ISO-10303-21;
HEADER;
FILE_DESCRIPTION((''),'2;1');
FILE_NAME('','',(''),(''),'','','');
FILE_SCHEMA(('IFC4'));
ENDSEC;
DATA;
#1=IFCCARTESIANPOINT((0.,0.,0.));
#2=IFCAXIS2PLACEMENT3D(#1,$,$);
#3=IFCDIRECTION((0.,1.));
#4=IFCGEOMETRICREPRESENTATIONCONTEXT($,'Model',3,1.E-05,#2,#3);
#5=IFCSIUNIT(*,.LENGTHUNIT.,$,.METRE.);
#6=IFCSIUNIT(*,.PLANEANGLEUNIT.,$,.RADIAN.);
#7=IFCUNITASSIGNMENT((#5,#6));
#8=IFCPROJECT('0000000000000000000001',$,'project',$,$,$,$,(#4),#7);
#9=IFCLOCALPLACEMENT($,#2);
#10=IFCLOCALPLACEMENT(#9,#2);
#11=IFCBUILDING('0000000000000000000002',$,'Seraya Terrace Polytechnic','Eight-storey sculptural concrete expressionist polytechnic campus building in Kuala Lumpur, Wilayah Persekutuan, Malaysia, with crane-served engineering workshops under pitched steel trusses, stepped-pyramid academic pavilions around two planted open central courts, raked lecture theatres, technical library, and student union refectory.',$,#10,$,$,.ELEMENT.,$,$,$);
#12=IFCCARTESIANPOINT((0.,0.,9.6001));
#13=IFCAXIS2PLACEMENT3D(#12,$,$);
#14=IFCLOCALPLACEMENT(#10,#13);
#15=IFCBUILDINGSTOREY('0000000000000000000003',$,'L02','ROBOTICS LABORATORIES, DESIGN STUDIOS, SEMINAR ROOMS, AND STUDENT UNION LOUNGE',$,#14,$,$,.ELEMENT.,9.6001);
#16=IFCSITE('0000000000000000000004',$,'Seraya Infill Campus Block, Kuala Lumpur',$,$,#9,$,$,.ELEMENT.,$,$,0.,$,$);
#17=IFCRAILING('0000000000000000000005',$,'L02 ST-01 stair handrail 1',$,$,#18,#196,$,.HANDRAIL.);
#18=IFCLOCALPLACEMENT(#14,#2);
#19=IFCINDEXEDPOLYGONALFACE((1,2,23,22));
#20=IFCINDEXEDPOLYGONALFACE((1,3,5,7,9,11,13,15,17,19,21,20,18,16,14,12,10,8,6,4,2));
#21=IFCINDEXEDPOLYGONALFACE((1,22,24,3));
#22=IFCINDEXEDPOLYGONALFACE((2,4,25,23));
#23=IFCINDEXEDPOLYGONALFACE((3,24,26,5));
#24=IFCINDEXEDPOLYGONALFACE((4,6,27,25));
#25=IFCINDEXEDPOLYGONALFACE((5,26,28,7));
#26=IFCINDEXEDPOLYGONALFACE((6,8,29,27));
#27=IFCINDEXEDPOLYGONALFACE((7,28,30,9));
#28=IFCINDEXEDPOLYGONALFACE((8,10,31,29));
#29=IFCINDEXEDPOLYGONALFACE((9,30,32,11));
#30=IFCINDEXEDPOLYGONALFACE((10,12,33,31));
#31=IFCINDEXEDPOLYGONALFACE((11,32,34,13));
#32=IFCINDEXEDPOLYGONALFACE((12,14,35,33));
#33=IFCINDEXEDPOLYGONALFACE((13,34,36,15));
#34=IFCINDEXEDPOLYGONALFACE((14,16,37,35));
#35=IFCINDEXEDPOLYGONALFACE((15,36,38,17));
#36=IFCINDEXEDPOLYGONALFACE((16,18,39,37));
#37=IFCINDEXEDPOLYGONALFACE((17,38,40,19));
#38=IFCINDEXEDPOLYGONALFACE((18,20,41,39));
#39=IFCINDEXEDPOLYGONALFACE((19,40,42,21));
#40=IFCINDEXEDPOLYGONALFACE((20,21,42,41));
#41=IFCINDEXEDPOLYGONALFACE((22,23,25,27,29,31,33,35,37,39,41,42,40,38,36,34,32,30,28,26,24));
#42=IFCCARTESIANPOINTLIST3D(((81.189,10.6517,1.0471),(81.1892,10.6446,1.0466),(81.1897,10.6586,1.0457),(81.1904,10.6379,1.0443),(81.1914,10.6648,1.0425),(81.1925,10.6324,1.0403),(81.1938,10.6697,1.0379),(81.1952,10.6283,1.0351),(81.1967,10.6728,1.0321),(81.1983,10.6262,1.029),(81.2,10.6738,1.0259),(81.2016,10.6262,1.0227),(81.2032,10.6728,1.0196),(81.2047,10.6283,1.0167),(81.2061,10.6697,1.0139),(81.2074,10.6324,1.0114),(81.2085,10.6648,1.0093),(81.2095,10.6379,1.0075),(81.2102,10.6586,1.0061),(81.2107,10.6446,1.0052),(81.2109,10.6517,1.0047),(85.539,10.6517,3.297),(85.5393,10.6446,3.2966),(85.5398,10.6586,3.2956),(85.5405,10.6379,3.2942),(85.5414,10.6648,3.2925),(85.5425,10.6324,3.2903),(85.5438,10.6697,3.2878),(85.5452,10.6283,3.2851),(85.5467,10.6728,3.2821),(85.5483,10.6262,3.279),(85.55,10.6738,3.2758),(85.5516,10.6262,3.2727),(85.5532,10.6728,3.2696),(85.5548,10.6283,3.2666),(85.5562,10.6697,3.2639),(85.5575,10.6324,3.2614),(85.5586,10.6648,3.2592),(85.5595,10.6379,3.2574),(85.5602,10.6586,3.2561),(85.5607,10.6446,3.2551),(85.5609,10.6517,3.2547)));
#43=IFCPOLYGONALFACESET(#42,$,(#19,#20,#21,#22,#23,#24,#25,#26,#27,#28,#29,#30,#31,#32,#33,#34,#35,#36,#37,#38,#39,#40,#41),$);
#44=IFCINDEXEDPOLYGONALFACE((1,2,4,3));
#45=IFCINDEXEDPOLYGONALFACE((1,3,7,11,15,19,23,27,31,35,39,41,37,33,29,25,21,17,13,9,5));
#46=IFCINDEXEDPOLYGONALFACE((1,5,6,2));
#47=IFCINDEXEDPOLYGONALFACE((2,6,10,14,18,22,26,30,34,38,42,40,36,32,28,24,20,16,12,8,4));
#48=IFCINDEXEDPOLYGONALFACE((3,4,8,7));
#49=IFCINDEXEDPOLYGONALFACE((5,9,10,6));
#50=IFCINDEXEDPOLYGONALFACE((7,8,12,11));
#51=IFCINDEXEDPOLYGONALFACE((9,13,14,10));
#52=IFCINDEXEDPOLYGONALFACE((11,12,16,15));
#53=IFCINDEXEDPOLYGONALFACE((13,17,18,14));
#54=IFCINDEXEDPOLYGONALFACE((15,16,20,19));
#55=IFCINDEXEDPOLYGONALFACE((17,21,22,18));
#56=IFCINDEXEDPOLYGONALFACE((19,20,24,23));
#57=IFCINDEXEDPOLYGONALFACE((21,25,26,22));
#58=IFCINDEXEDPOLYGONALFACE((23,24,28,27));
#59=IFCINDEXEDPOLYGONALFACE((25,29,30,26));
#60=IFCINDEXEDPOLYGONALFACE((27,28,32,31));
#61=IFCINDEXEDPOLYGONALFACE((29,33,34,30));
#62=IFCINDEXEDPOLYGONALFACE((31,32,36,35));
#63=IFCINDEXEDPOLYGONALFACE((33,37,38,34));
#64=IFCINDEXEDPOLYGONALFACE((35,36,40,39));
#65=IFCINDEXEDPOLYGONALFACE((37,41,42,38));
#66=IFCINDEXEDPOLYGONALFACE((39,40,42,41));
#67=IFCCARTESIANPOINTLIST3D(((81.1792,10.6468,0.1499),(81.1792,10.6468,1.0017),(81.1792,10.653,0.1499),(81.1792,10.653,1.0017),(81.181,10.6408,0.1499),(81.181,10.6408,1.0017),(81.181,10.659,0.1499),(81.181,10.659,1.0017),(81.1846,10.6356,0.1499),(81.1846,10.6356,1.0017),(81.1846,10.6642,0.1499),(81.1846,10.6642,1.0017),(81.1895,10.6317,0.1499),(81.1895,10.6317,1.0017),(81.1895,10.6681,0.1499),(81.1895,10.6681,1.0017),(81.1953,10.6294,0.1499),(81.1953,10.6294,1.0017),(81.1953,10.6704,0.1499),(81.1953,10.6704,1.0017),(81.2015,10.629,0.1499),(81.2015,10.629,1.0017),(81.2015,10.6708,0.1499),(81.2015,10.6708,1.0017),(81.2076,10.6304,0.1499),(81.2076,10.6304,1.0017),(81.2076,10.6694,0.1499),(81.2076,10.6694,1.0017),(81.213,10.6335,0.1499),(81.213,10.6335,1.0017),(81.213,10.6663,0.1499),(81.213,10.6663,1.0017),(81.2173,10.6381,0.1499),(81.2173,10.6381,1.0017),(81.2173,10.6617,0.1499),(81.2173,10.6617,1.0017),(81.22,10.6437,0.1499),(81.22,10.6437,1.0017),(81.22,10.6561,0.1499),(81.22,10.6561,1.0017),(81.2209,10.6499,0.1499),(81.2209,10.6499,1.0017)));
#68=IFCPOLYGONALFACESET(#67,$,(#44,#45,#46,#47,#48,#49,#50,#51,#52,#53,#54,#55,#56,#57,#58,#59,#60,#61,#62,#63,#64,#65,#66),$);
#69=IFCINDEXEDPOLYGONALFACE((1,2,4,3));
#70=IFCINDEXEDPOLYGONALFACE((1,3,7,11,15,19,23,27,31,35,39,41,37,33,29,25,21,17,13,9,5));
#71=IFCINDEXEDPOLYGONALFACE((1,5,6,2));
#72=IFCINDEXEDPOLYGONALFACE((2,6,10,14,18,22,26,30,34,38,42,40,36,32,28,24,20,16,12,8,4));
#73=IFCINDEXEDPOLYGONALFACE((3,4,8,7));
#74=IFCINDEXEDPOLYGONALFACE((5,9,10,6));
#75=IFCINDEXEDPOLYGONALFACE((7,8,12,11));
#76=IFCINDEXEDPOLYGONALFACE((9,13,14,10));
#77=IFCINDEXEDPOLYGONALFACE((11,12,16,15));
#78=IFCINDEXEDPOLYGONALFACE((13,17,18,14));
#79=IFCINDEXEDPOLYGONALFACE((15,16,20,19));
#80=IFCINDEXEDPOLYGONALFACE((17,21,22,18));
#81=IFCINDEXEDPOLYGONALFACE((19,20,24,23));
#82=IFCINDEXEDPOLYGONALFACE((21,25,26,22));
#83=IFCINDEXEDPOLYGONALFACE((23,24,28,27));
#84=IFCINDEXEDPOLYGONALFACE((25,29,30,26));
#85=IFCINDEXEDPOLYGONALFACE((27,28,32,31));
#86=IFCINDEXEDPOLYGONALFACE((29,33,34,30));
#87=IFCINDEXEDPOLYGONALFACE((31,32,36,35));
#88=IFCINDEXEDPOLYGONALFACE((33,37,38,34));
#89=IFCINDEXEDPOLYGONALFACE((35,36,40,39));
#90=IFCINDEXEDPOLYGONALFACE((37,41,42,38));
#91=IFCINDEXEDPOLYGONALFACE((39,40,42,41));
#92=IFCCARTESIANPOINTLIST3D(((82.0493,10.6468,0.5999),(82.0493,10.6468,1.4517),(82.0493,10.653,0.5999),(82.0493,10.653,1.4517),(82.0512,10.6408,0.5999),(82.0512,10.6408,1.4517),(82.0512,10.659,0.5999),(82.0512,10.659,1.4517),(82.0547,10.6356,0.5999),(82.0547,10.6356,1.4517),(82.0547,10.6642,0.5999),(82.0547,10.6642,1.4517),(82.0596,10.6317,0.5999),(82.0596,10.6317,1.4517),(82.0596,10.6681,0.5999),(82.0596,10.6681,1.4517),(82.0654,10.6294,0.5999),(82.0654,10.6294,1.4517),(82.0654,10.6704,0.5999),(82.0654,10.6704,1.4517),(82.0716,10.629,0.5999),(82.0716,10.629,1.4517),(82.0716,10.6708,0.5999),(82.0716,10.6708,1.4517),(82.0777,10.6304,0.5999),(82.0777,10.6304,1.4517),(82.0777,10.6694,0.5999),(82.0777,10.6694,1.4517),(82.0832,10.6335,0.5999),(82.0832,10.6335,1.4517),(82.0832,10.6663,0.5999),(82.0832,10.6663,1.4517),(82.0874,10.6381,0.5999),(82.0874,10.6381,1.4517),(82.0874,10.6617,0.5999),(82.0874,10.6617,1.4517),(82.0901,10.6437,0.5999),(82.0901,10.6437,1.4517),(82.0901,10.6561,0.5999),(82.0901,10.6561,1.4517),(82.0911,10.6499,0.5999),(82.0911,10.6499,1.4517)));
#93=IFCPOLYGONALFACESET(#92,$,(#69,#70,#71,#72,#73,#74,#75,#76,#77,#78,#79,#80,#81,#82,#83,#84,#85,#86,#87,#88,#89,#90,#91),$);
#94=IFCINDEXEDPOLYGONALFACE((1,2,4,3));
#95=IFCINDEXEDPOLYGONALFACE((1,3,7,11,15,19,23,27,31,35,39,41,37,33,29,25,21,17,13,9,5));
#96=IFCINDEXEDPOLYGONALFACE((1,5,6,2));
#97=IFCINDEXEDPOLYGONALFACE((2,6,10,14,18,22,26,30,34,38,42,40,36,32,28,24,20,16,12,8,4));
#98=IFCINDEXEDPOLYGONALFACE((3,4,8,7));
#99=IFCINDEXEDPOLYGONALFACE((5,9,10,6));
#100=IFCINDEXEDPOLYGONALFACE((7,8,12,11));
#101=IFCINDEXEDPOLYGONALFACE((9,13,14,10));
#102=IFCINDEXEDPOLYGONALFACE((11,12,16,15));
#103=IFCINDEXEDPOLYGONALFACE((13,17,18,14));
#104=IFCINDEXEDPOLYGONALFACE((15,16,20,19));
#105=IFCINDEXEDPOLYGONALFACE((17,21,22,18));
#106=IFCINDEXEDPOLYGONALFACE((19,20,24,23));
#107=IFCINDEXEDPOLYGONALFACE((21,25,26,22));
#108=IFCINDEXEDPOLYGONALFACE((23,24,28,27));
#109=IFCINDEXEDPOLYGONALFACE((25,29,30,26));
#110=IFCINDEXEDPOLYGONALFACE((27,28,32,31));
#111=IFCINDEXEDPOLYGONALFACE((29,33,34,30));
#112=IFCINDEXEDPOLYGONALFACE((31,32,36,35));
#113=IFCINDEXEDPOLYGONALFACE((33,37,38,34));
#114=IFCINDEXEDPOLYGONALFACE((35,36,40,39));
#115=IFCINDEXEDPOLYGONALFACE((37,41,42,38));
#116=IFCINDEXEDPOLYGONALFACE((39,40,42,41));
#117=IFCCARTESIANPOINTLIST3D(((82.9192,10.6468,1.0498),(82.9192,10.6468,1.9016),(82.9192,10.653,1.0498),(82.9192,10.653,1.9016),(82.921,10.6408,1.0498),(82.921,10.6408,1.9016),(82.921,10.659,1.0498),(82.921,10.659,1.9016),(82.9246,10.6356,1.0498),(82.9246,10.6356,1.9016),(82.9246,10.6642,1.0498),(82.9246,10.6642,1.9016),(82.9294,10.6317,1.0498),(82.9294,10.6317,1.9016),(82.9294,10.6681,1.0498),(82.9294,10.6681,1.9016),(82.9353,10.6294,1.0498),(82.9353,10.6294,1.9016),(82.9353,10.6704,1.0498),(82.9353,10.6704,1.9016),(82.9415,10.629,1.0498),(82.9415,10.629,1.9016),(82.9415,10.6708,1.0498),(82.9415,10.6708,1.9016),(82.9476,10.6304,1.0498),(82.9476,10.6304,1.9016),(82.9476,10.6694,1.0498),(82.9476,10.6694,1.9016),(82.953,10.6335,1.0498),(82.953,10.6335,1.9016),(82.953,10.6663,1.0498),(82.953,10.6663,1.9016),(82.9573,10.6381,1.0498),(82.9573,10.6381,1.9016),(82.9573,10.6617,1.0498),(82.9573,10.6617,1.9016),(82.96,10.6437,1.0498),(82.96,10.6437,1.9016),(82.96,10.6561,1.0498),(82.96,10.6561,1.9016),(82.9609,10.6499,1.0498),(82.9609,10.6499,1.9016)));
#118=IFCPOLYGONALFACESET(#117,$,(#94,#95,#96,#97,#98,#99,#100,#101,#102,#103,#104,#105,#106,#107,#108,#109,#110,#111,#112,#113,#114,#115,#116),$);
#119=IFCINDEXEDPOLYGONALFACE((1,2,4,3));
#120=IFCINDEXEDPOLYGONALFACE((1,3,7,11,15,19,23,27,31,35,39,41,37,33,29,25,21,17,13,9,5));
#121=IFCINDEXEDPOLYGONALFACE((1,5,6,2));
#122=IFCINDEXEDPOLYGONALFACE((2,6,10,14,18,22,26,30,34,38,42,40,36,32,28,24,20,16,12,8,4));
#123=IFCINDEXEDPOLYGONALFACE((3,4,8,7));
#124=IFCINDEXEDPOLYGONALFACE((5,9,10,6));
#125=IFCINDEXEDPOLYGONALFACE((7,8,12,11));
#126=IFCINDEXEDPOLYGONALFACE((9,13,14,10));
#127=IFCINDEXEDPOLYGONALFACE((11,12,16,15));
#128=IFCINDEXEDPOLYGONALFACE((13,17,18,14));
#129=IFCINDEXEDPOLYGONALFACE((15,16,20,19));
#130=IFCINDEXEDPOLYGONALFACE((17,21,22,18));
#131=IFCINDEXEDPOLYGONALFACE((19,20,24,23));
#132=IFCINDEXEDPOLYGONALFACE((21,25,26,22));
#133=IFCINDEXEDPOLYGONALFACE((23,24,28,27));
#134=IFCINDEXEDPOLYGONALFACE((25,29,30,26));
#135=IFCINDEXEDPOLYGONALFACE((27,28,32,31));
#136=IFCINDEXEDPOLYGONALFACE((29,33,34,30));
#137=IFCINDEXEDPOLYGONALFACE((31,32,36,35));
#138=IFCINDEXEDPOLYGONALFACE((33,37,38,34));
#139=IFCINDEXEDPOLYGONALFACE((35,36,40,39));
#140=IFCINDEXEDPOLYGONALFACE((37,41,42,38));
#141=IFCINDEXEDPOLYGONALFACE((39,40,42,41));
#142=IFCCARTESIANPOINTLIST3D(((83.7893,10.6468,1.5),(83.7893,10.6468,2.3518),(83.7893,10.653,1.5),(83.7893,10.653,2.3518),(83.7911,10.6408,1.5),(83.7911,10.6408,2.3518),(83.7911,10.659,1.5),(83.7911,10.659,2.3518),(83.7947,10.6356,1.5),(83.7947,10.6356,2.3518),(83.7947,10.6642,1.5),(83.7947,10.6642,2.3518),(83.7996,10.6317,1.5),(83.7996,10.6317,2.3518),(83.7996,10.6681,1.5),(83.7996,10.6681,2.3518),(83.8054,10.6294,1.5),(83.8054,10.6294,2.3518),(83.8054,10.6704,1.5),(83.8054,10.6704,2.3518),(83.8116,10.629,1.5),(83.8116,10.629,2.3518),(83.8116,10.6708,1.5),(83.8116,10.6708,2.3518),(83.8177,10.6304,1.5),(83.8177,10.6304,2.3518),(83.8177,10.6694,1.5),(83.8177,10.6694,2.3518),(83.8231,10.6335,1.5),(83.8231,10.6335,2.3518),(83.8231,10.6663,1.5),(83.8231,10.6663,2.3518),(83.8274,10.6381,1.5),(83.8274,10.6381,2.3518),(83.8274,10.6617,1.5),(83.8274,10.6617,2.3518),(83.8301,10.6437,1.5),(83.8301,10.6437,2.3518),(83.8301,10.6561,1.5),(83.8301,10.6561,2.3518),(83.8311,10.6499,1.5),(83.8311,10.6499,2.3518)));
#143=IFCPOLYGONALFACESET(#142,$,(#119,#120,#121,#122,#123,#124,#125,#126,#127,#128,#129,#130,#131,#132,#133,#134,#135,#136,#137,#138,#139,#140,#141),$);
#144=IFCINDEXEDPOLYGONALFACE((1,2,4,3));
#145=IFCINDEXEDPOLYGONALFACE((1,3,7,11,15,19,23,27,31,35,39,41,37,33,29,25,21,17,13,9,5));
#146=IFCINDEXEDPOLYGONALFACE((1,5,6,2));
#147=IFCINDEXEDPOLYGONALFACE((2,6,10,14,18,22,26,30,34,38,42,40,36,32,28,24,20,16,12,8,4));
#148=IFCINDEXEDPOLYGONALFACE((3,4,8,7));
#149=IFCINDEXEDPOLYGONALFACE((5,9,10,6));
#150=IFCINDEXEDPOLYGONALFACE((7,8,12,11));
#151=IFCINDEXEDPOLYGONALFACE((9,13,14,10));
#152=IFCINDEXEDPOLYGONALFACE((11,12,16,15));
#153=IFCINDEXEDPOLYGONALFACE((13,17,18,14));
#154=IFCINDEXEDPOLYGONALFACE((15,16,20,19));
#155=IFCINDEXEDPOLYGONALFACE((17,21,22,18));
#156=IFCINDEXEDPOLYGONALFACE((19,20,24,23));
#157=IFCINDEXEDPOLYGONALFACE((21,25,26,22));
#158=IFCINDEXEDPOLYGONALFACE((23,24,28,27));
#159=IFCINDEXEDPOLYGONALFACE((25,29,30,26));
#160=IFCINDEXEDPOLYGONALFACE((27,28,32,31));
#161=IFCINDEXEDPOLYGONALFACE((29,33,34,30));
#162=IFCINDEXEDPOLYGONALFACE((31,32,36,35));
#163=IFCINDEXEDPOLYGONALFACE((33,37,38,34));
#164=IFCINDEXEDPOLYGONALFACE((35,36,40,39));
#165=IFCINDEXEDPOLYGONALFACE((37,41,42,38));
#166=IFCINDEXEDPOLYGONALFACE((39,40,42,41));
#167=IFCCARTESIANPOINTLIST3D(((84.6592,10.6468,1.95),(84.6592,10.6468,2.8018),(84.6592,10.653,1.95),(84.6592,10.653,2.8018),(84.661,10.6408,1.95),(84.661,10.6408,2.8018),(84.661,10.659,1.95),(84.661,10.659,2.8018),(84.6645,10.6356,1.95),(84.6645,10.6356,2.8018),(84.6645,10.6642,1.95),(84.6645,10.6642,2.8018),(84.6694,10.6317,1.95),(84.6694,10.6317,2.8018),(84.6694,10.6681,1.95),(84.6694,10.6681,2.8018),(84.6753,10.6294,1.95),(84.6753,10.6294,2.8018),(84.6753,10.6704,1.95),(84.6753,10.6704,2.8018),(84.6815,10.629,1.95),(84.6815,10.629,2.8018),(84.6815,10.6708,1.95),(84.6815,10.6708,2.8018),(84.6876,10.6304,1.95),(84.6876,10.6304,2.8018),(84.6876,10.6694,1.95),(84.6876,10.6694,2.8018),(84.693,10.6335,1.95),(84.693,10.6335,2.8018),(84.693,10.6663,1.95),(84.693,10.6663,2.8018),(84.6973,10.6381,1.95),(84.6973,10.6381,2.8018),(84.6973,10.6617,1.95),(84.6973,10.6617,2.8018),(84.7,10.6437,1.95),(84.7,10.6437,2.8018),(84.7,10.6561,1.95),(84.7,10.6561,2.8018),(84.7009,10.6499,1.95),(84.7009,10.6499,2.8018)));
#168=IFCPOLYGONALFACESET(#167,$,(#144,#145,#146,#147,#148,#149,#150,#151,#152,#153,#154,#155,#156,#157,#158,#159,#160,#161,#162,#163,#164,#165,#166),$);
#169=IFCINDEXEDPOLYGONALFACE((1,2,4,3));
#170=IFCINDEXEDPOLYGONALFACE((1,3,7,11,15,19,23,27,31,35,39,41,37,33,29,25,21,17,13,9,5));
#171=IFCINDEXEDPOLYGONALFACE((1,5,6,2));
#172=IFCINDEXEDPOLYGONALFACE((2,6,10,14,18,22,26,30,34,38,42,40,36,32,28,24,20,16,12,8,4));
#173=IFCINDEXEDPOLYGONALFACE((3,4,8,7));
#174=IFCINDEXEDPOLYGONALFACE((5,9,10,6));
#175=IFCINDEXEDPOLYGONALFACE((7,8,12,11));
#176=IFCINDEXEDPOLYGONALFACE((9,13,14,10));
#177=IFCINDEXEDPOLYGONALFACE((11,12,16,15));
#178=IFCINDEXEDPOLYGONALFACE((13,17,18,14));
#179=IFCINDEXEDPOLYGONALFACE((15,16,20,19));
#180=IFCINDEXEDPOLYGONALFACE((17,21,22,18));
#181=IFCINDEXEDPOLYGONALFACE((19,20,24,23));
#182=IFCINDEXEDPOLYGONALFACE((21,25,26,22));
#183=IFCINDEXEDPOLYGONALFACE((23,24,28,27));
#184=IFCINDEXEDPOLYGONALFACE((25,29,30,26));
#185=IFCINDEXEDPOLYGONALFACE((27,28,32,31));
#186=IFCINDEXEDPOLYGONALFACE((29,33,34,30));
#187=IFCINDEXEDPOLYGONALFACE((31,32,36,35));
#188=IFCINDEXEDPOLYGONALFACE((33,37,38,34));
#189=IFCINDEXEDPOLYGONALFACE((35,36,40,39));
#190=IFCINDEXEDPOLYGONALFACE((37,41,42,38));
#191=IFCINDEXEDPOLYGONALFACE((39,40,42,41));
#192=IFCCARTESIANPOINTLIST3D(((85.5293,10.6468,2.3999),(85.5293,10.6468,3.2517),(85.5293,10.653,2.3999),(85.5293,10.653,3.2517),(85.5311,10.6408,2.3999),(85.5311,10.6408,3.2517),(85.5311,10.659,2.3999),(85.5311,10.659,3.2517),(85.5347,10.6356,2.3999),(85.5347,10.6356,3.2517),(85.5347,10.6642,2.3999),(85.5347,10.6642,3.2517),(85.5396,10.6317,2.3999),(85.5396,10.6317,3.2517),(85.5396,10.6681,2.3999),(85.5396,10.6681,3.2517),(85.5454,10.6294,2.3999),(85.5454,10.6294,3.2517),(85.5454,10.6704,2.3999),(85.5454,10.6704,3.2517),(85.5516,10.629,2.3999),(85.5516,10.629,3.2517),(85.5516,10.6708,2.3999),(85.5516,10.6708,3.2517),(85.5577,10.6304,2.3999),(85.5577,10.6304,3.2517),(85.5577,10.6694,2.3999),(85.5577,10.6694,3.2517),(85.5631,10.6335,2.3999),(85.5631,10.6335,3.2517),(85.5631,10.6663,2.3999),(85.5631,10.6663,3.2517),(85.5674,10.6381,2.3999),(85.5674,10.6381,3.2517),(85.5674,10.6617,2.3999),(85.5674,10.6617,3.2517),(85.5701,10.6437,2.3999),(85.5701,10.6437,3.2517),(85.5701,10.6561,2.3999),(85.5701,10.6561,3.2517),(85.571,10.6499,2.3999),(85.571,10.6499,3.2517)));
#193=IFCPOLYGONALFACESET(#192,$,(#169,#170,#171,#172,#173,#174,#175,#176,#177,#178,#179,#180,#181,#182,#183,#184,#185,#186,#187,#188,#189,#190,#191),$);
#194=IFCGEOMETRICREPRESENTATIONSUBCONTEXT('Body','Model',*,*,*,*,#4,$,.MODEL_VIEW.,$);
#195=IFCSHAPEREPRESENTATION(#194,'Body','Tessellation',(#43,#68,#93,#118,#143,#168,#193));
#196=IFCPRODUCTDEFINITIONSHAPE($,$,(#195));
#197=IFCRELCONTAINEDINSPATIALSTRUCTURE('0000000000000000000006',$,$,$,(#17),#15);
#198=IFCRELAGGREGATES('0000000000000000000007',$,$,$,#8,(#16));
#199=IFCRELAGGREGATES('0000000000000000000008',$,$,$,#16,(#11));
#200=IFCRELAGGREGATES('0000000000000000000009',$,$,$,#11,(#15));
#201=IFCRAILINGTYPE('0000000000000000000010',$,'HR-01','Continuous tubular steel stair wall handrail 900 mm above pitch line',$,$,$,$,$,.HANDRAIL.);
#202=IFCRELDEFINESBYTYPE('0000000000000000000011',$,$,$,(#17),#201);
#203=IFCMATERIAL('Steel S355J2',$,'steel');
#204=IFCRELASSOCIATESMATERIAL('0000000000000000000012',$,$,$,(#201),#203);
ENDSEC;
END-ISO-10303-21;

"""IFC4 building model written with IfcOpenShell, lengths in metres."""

from ifc_helpers import new_model, si_unit, direction, frame, origin, origin_2d, place, context, subcontext, project, spatial, circle, extrude, material, type_object, element, save


model = new_model("IFC4")

# Units and contexts
model_context = context("Model", 3, precision=1e-05, world=origin(), true_north=direction((0.0, 1.0)))
body_context = subcontext(model_context, "Body", "Model", "MODEL_VIEW")
ifc_project = project(units=[si_unit("LENGTHUNIT", "METRE"), si_unit("PLANEANGLEUNIT", "RADIAN")], contexts=[model_context])

# Site, building, storey
site_placement = place(None, origin())
site = spatial("IfcSite", under=ifc_project, at=site_placement, Name="Seraya Infill Campus Block, Kuala Lumpur", CompositionType="ELEMENT", RefElevation=0.0)
building_placement = place(site_placement, origin())
building = spatial("IfcBuilding", under=site, at=building_placement, Name="Seraya Terrace Polytechnic", Description="Eight-storey sculptural concrete expressionist polytechnic campus building in Kuala Lumpur, Wilayah Persekutuan, Malaysia, with crane-served engineering workshops under pitched steel trusses, stepped-pyramid academic pavilions around two planted open central courts, raked lecture theatres, technical library, and student union refectory.", CompositionType="ELEMENT")
storey_placement = place(building_placement, frame((0.0, 0.0, 9.6001)))
storey = spatial("IfcBuildingStorey", under=building, at=storey_placement, Name="L02", Description="ROBOTICS LABORATORIES, DESIGN STUDIOS, SEMINAR ROOMS, AND STUDENT UNION LOUNGE", CompositionType="ELEMENT", Elevation=9.6001)

# Railing
ifc_material_1 = material(Name="Steel S355J2", Category="steel")
railing_type_1 = type_object("IfcRailingType", Name="HR-01", Description="Continuous tubular steel stair wall handrail 900 mm above pitch line", PredefinedType="HANDRAIL", material=ifc_material_1)
railing_1_placement = place(storey_placement, frame((81.2, 10.6499, 0.1499)))
element("IfcRailing", 1, at=railing_1_placement, inside=storey, type_object=railing_type_1, Name="L02 ST-01 stair handrail 1", PredefinedType="HANDRAIL", context=body_context, shape_type="SweptSolid", body=[
    extrude(circle(Radius=0.0239, at=origin_2d()), frame((0.0, 0.0, 0.876), z_axis=(0.888222, 0.0, 0.459415), x_axis=(0.0, 1.0, 0.0)), (0.0, 0.0, 1.0), 4.8975),
    extrude(circle(Radius=0.021, at=origin_2d()), origin(), (0.0, 0.0, 1.0), 0.8518),
    extrude(circle(Radius=0.021, at=origin_2d()), frame((0.8701, 0.0, 0.45)), (0.0, 0.0, 1.0), 0.8518),
    extrude(circle(Radius=0.021, at=origin_2d()), frame((1.74, 0.0, 0.8999)), (0.0, 0.0, 1.0), 0.8518),
    extrude(circle(Radius=0.021, at=origin_2d()), frame((2.6101, 0.0, 1.3501)), (0.0, 0.0, 1.0), 0.8518),
    extrude(circle(Radius=0.021, at=origin_2d()), frame((3.48, 0.0, 1.8)), (0.0, 0.0, 1.0), 0.8518),
    extrude(circle(Radius=0.021, at=origin_2d()), frame((4.3501, 0.0, 2.25)), (0.0, 0.0, 1.0), 0.8518),
])

save(model, "model.ifc")
